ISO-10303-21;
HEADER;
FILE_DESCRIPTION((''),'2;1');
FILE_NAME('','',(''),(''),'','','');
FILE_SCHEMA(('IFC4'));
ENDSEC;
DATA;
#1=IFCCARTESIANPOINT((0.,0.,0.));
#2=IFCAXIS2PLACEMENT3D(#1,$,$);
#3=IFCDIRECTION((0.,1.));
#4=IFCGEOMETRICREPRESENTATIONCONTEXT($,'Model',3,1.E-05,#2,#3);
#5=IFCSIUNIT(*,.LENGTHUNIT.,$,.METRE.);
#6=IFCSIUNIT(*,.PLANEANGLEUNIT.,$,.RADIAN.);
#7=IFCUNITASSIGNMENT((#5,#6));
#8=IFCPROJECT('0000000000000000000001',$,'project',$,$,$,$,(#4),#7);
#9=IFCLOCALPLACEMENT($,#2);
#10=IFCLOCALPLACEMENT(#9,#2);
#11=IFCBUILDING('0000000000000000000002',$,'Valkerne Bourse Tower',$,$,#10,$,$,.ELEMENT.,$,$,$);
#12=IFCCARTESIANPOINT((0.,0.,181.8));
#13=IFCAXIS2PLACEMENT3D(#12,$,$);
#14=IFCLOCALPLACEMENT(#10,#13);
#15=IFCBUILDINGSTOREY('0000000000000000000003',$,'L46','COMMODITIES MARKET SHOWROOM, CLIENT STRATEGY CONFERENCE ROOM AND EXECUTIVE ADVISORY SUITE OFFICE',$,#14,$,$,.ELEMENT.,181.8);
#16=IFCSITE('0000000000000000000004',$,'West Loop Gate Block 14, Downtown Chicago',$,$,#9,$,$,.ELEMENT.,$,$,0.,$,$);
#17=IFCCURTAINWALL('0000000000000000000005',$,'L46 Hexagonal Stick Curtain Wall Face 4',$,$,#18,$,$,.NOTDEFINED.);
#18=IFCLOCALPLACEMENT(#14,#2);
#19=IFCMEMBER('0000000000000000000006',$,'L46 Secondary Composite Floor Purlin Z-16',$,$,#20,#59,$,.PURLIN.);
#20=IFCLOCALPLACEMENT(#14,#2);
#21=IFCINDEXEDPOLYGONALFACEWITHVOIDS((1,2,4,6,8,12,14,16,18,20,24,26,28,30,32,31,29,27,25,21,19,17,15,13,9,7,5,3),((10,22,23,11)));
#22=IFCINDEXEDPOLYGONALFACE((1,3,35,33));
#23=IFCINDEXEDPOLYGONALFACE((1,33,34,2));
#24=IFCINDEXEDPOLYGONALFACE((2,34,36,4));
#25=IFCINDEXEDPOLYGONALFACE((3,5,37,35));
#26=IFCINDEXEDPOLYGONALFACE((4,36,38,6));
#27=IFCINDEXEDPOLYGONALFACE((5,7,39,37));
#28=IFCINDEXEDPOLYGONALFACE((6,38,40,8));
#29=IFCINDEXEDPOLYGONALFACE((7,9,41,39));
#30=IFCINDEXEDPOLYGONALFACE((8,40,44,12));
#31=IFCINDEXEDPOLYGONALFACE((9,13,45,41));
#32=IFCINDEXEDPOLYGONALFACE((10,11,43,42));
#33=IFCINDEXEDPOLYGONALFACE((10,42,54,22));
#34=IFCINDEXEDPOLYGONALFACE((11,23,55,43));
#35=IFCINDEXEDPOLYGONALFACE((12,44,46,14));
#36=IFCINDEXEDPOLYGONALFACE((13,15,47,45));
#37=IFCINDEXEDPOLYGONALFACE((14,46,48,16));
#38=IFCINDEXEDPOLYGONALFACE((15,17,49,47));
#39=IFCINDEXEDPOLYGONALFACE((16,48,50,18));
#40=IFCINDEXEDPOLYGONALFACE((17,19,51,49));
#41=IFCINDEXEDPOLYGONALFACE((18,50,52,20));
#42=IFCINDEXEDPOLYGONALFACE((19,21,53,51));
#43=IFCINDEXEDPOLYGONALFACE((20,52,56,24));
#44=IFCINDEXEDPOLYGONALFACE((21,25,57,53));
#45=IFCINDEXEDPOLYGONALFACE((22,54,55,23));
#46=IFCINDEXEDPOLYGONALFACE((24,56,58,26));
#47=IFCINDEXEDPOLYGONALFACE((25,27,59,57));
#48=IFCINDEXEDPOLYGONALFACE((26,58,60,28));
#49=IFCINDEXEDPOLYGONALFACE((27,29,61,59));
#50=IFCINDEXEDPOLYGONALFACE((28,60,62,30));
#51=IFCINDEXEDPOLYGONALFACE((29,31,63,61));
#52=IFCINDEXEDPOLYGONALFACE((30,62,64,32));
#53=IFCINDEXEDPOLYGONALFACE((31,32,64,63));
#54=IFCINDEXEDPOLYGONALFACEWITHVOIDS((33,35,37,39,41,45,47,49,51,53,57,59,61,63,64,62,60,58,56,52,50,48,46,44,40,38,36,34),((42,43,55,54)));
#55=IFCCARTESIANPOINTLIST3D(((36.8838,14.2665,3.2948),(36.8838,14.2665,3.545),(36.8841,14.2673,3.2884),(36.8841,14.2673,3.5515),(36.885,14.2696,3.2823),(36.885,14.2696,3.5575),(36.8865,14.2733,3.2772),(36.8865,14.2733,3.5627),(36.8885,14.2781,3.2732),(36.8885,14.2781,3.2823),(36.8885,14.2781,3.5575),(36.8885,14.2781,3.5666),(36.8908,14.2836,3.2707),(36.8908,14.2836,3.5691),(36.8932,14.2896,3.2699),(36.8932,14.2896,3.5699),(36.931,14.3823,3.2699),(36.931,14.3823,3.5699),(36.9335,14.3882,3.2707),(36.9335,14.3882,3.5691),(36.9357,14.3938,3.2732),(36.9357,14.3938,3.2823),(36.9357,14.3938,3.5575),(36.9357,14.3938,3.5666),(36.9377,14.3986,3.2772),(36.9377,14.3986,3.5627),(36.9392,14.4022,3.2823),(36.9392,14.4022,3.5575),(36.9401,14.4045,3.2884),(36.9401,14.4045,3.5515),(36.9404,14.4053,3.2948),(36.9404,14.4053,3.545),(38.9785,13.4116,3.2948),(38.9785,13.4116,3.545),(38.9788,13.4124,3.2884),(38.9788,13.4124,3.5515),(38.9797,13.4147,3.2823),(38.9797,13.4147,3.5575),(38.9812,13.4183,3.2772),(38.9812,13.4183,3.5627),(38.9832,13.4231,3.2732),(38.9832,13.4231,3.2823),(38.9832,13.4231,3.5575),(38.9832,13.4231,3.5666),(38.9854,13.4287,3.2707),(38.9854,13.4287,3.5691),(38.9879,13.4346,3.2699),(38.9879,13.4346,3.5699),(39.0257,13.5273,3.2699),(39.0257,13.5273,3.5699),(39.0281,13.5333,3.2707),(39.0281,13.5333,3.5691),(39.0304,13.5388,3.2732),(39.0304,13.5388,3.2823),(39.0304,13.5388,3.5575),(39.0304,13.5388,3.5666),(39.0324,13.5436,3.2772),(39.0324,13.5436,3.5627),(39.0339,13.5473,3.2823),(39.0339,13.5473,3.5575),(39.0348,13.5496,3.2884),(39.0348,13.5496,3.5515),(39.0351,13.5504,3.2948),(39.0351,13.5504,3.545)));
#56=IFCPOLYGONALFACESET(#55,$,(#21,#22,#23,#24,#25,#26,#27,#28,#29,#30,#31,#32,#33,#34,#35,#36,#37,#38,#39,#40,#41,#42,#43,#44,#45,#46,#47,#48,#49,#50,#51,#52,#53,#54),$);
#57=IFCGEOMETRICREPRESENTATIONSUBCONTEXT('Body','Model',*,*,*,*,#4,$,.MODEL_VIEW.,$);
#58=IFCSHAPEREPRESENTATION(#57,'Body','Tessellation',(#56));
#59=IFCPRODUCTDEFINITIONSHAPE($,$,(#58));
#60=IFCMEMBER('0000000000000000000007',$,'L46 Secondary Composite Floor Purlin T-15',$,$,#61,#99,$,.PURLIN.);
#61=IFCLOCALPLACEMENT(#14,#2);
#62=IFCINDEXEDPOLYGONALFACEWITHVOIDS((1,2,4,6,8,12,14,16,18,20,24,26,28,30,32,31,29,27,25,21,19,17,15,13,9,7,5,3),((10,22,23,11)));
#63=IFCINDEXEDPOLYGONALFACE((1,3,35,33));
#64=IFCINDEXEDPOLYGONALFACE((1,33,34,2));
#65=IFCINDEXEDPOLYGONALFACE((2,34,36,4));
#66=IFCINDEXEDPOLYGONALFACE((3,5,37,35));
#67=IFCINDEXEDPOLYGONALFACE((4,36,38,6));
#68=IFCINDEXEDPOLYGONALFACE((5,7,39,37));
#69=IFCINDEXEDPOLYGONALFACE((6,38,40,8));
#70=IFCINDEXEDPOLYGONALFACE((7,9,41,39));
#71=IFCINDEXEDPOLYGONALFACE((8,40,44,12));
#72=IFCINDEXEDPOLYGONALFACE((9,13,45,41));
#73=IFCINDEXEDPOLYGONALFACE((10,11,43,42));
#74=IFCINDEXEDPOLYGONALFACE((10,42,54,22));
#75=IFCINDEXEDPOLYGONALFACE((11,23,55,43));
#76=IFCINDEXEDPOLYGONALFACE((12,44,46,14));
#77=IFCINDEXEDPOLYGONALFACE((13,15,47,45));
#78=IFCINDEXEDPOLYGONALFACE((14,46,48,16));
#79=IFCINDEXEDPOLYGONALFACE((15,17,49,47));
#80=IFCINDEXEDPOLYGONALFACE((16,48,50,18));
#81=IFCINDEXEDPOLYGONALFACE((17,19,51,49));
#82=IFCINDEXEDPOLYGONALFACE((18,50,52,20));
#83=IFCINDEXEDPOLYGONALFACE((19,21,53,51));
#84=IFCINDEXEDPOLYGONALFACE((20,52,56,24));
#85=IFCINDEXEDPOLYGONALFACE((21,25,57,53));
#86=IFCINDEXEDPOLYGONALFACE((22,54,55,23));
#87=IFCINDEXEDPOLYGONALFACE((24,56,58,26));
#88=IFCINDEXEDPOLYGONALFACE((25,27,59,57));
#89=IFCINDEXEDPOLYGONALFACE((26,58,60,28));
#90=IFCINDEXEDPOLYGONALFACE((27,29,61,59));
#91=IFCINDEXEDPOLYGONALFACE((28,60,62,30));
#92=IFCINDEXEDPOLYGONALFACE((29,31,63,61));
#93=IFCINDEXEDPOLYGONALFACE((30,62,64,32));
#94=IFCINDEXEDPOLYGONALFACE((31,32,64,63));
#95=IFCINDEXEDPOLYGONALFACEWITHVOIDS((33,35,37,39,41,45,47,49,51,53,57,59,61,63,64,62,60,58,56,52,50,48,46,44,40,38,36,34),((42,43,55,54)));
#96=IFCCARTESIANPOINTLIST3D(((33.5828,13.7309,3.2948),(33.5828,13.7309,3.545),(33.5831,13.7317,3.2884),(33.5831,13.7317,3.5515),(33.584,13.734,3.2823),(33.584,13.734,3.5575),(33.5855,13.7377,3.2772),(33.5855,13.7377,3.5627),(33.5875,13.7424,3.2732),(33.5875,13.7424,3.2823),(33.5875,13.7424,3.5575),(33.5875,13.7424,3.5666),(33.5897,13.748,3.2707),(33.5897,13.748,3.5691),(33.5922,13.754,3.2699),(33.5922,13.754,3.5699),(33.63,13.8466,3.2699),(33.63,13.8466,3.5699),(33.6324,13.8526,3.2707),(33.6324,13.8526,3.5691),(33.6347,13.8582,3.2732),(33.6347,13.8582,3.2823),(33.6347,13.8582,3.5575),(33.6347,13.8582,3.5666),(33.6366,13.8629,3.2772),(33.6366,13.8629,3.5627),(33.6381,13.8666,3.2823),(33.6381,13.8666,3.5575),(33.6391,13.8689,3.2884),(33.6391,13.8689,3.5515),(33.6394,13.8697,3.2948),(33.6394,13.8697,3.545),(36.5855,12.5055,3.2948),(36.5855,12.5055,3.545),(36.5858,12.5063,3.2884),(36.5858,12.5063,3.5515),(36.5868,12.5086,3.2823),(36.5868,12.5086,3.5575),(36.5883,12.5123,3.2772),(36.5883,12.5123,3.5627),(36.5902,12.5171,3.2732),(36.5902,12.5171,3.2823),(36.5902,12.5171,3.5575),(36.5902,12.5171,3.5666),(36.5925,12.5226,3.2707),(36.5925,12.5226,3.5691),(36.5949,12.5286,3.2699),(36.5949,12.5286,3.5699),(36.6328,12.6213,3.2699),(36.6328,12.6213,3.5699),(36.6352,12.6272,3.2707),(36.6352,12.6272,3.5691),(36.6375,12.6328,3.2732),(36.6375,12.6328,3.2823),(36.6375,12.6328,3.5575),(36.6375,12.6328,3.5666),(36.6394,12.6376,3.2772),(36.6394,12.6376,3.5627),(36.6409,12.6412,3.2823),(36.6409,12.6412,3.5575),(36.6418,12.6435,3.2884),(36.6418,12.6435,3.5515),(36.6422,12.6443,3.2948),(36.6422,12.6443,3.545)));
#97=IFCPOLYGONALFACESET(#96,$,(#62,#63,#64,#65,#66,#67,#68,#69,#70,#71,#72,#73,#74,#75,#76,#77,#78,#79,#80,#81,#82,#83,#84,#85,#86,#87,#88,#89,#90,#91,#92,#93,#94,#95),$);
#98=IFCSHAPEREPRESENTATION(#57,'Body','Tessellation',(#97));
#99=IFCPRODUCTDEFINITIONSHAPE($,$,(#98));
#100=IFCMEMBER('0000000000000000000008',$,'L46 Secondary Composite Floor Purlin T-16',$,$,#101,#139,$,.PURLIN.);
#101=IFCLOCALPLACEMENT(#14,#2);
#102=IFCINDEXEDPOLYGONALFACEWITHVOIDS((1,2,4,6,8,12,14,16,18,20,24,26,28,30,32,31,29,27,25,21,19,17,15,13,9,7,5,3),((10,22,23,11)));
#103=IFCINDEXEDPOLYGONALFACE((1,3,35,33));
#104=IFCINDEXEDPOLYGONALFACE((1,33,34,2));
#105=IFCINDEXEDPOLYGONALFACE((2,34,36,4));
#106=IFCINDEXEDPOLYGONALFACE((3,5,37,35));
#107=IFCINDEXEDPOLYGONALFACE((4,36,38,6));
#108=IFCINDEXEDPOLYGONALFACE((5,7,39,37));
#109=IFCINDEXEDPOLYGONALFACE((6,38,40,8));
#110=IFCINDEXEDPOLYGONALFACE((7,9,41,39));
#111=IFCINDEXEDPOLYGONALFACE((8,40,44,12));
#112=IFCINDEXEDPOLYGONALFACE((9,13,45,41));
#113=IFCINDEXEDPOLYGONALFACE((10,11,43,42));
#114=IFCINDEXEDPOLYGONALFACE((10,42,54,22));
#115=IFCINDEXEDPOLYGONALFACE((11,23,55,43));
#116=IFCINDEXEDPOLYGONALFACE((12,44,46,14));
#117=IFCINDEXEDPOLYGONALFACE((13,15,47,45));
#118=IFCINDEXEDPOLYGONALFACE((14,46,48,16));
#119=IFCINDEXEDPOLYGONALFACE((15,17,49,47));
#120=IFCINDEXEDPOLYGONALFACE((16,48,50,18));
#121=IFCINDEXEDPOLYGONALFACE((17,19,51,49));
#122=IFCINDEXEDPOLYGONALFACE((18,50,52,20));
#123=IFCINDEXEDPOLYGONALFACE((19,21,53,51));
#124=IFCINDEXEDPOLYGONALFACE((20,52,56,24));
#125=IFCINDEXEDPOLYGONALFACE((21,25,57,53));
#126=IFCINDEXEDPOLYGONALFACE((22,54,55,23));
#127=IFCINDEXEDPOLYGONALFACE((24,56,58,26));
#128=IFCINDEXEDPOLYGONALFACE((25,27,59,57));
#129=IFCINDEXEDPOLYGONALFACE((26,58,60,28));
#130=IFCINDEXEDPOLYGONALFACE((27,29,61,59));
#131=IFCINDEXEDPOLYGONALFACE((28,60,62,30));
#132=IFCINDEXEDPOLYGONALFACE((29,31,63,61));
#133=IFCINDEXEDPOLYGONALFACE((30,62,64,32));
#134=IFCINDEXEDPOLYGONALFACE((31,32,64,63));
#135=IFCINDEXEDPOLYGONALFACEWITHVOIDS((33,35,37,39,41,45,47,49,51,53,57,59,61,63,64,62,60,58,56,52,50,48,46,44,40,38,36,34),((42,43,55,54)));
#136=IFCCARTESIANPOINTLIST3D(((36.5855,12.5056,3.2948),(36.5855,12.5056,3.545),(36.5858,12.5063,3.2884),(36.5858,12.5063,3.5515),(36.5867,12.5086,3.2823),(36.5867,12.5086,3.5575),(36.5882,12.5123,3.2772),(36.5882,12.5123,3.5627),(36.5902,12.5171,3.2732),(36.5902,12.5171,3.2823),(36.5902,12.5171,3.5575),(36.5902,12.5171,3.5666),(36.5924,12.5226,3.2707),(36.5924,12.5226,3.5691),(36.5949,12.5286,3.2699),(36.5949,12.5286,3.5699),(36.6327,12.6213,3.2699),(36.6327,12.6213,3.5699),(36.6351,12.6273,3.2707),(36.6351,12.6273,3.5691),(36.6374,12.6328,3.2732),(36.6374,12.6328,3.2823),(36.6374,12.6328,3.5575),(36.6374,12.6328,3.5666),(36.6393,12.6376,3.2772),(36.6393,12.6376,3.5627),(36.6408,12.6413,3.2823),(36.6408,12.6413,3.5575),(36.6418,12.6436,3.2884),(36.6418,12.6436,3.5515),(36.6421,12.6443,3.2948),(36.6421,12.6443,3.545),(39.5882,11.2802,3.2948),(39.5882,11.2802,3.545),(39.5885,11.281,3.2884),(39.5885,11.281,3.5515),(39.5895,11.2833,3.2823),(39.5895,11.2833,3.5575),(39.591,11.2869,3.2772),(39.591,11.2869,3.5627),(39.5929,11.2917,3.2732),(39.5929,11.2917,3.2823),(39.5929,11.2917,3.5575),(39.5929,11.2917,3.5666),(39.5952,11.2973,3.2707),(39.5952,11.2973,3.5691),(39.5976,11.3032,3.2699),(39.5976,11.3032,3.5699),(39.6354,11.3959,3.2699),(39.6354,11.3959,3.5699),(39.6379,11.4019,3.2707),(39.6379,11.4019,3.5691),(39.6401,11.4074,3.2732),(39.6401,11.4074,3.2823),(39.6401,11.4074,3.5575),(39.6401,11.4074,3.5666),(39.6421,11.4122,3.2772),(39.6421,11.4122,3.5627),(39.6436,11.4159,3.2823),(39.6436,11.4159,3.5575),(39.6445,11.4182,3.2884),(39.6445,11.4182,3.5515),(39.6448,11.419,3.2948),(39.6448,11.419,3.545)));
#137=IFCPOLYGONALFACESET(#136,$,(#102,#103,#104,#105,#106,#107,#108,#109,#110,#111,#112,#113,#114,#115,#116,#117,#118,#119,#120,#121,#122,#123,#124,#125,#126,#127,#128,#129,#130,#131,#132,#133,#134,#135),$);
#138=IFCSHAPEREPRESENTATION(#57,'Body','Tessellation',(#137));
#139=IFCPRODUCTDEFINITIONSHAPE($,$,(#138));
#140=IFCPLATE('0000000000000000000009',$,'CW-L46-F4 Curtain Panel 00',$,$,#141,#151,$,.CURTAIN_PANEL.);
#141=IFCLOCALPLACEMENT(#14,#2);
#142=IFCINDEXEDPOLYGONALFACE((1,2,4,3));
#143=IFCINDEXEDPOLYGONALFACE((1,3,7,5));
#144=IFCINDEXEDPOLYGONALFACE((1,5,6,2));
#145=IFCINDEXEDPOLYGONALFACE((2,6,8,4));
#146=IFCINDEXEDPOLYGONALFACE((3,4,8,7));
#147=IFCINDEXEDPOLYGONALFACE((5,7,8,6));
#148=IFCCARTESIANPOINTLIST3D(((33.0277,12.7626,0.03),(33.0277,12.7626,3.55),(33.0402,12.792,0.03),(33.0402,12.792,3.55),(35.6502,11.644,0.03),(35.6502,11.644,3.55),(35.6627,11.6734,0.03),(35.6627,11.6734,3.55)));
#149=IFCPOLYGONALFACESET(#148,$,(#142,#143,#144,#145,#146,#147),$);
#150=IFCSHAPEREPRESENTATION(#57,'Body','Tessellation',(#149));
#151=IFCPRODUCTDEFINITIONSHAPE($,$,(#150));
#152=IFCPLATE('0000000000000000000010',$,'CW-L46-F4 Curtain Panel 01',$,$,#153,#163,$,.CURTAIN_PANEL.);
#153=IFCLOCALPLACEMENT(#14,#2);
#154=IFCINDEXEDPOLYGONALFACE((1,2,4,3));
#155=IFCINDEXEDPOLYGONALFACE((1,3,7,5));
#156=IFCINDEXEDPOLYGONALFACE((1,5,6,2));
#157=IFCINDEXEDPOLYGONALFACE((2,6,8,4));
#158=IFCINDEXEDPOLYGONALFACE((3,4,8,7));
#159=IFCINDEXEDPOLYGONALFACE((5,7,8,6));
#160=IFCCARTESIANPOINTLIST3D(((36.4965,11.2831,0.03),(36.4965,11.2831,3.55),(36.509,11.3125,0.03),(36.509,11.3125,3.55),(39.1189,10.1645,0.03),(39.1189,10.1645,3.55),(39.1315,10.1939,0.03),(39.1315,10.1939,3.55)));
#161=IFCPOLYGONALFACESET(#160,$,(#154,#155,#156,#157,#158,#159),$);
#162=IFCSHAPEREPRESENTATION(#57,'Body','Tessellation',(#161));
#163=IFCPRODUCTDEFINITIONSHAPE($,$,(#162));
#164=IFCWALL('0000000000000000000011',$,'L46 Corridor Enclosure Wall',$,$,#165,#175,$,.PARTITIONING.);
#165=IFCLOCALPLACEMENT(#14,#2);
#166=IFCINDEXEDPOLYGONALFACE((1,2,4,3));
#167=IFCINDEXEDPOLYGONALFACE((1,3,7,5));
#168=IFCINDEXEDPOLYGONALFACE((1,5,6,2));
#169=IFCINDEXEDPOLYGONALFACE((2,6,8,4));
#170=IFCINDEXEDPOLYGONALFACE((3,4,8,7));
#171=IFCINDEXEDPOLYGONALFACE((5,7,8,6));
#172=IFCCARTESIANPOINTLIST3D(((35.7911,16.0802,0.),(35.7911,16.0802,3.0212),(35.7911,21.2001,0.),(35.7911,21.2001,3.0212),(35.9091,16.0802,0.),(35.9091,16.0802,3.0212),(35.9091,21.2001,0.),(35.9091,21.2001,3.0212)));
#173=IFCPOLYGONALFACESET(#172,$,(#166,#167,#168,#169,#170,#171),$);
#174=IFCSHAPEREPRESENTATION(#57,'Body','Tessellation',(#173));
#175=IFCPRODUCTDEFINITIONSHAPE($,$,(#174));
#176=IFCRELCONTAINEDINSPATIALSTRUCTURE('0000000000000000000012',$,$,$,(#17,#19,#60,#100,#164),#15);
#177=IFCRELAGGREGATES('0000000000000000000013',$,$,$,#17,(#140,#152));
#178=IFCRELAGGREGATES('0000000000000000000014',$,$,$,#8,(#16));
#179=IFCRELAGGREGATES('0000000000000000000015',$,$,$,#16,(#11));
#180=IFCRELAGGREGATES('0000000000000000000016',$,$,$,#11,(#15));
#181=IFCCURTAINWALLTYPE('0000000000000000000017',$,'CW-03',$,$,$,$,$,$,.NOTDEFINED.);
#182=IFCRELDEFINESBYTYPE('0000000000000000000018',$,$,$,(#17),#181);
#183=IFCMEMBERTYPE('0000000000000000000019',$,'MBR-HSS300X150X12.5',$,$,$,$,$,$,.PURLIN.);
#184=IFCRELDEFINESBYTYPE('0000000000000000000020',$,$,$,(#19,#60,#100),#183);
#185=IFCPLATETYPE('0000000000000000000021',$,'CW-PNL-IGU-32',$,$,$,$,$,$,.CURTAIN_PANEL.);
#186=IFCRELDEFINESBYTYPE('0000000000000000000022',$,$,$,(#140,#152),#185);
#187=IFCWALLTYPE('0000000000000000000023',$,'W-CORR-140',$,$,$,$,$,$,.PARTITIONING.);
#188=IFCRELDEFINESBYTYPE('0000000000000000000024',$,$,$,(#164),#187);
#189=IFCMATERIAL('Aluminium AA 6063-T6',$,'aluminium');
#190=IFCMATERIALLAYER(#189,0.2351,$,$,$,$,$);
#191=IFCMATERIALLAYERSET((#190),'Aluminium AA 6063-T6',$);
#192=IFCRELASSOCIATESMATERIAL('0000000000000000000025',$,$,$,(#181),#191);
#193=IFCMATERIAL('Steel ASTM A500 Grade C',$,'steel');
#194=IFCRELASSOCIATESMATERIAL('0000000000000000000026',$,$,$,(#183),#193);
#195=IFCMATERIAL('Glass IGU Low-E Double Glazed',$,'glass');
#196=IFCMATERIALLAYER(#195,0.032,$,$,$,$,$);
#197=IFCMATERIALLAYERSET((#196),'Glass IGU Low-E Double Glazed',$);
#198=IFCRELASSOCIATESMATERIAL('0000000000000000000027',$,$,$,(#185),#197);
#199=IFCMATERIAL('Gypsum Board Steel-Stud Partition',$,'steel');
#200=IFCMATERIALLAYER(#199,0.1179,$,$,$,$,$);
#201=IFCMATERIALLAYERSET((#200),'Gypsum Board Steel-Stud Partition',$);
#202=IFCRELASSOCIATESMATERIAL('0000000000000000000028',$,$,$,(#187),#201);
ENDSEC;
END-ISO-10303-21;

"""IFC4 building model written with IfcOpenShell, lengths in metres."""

from ifc_helpers import new_model, si_unit, direction, frame, frame_2d, origin, origin_2d, place, context, subcontext, project, spatial, rectangle, hollow_rectangle, extrude, material, layer, layer_set, material_profile, profile_set, type_object, element, aggregate, save


model = new_model("IFC4")

# Units and contexts
model_context = context("Model", 3, precision=1e-05, world=origin(), true_north=direction((0.0, 1.0)))
body_context = subcontext(model_context, "Body", "Model", "MODEL_VIEW")
ifc_project = project(units=[si_unit("LENGTHUNIT", "METRE"), si_unit("PLANEANGLEUNIT", "RADIAN")], contexts=[model_context])

# Site, building, storey
site_placement = place(None, origin())
site = spatial("IfcSite", under=ifc_project, at=site_placement, Name="West Loop Gate Block 14, Downtown Chicago", CompositionType="ELEMENT", RefElevation=0.0)
building_placement = place(site_placement, origin())
building = spatial("IfcBuilding", under=site, at=building_placement, Name="Valkerne Bourse Tower", CompositionType="ELEMENT")
storey_placement = place(building_placement, frame((0.0, 0.0, 181.8)))
storey = spatial("IfcBuildingStorey", under=building, at=storey_placement, Name="L46", Description="COMMODITIES MARKET SHOWROOM, CLIENT STRATEGY CONFERENCE ROOM AND EXECUTIVE ADVISORY SUITE OFFICE", CompositionType="ELEMENT", Elevation=181.8)

# Curtain wall
ifc_material_1 = material(Name="Aluminium AA 6063-T6", Category="aluminium")
ifc_layer_1 = layer(ifc_material_1, 0.2351)
ifc_layer_set_1 = layer_set([ifc_layer_1], Name="Aluminium AA 6063-T6")
curtain_wall_type = type_object("IfcCurtainWallType", Name="CW-03", PredefinedType="NOTDEFINED", material=ifc_layer_set_1)
curtain_wall_placement = place(storey_placement, origin())
curtain_wall = element("IfcCurtainWall", 1, at=curtain_wall_placement, inside=storey, type_object=curtain_wall_type, Name="L46 Hexagonal Stick Curtain Wall Face 4", PredefinedType="NOTDEFINED")

# Members
ifc_material_2 = material(Name="Steel ASTM A500 Grade C", Category="steel")
ifc_material_profile_1 = material_profile(ifc_material_2, hollow_rectangle(XDim=0.1499, YDim=0.3, WallThickness=0.0125, OuterFilletRadius=0.0249, at=origin_2d()), Name="HSS300X150X12.5")
ifc_profile_set_1 = profile_set([ifc_material_profile_1], Name="Steel ASTM A500 Grade C")
member_type_1 = type_object("IfcMemberType", Name="MBR-HSS300X150X12.5", PredefinedType="PURLIN", material=ifc_profile_set_1)
member_1_placement = place(storey_placement, frame((36.9121, 14.3359, 3.4199), z_axis=(0.925849, -0.377893, 0.0), x_axis=(0.377893, 0.925849, 0.0)))
element("IfcMember", 2, at=member_1_placement, inside=storey, type_object=member_type_1, Name="L46 Secondary Composite Floor Purlin Z-16", PredefinedType="PURLIN", context=body_context, shape_type="SweptSolid", body=[
    extrude(hollow_rectangle(XDim=0.1499, YDim=0.3, WallThickness=0.0125, OuterFilletRadius=0.0249, at=origin_2d()), origin(), (0.0, 0.0, 1.0), 2.2625),
])
for number, where, z_axis, x_axis, name in (
    (3, (33.6111, 13.8003, 3.4199), (0.925874, -0.377832, 0.0), (0.377832, 0.925874, 0.0), "L46 Secondary Composite Floor Purlin T-15"),
    (4, (36.6138, 12.575, 3.4199), (0.925874, -0.377832, 0.0), (0.377832, 0.925874, 0.0), "L46 Secondary Composite Floor Purlin T-16"),
):
    element("IfcMember", number, at=place(storey_placement, frame(where, z_axis=z_axis, x_axis=x_axis)), inside=storey, type_object=member_type_1, Name=name, PredefinedType="PURLIN", context=body_context, shape_type="SweptSolid", body=[
        extrude(hollow_rectangle(XDim=0.1499, YDim=0.3, WallThickness=0.0125, OuterFilletRadius=0.0249, at=origin_2d()), origin(), (0.0, 0.0, 1.0), 3.2432),
    ])

# Plates
ifc_material_3 = material(Name="Glass IGU Low-E Double Glazed", Category="glass")
ifc_layer_2 = layer(ifc_material_3, 0.032)
ifc_layer_set_2 = layer_set([ifc_layer_2], Name="Glass IGU Low-E Double Glazed")
plate_type = type_object("IfcPlateType", Name="CW-PNL-IGU-32", PredefinedType="CURTAIN_PANEL", material=ifc_layer_set_2)
plate_1_placement = place(storey_placement, frame((34.3452, 12.218, 0.03), z_axis=(0.0, 0.0, 1.0), x_axis=(0.919824, -0.392331, 0.0)))
plate_1 = element("IfcPlate", 5, at=plate_1_placement, type_object=plate_type, Name="CW-L46-F4 Curtain Panel 00", PredefinedType="CURTAIN_PANEL", context=body_context, shape_type="SweptSolid", body=[
    extrude(rectangle(XDim=2.8511, YDim=0.032, at=origin_2d()), origin(), (0.0, 0.0, 1.0), 3.52),
])
plate_2_placement = place(storey_placement, frame((37.814, 10.7385, 0.03), z_axis=(0.0, 0.0, 1.0), x_axis=(0.91982, -0.392341, 0.0)))
plate_2 = element("IfcPlate", 6, at=plate_2_placement, type_object=plate_type, Name="CW-L46-F4 Curtain Panel 01", PredefinedType="CURTAIN_PANEL", context=body_context, shape_type="SweptSolid", body=[
    extrude(rectangle(XDim=2.8511, YDim=0.032, at=origin_2d()), origin(), (0.0, 0.0, 1.0), 3.52),
])
aggregate(curtain_wall, [plate_1, plate_2])

# Wall
ifc_material_4 = material(Name="Gypsum Board Steel-Stud Partition", Category="steel")
ifc_layer_3 = layer(ifc_material_4, 0.1179)
ifc_layer_set_3 = layer_set([ifc_layer_3], Name="Gypsum Board Steel-Stud Partition")
wall_type_1 = type_object("IfcWallType", Name="W-CORR-140", PredefinedType="PARTITIONING", material=ifc_layer_set_3)
wall_1_placement = place(storey_placement, frame((35.8501, 16.0801, 0.0), z_axis=(0.0, 0.0, 1.0), x_axis=(0.0, 1.0, 0.0)))
element("IfcWall", 7, at=wall_1_placement, inside=storey, type_object=wall_type_1, Name="L46 Corridor Enclosure Wall", PredefinedType="PARTITIONING", context=body_context, shape_type="SweptSolid", body=[
    extrude(rectangle(XDim=5.1199, YDim=0.1179, at=frame_2d((2.5601, 0.0))), origin(), (0.0, 0.0, 1.0), 3.0212),
])

save(model, "model.ifc")
